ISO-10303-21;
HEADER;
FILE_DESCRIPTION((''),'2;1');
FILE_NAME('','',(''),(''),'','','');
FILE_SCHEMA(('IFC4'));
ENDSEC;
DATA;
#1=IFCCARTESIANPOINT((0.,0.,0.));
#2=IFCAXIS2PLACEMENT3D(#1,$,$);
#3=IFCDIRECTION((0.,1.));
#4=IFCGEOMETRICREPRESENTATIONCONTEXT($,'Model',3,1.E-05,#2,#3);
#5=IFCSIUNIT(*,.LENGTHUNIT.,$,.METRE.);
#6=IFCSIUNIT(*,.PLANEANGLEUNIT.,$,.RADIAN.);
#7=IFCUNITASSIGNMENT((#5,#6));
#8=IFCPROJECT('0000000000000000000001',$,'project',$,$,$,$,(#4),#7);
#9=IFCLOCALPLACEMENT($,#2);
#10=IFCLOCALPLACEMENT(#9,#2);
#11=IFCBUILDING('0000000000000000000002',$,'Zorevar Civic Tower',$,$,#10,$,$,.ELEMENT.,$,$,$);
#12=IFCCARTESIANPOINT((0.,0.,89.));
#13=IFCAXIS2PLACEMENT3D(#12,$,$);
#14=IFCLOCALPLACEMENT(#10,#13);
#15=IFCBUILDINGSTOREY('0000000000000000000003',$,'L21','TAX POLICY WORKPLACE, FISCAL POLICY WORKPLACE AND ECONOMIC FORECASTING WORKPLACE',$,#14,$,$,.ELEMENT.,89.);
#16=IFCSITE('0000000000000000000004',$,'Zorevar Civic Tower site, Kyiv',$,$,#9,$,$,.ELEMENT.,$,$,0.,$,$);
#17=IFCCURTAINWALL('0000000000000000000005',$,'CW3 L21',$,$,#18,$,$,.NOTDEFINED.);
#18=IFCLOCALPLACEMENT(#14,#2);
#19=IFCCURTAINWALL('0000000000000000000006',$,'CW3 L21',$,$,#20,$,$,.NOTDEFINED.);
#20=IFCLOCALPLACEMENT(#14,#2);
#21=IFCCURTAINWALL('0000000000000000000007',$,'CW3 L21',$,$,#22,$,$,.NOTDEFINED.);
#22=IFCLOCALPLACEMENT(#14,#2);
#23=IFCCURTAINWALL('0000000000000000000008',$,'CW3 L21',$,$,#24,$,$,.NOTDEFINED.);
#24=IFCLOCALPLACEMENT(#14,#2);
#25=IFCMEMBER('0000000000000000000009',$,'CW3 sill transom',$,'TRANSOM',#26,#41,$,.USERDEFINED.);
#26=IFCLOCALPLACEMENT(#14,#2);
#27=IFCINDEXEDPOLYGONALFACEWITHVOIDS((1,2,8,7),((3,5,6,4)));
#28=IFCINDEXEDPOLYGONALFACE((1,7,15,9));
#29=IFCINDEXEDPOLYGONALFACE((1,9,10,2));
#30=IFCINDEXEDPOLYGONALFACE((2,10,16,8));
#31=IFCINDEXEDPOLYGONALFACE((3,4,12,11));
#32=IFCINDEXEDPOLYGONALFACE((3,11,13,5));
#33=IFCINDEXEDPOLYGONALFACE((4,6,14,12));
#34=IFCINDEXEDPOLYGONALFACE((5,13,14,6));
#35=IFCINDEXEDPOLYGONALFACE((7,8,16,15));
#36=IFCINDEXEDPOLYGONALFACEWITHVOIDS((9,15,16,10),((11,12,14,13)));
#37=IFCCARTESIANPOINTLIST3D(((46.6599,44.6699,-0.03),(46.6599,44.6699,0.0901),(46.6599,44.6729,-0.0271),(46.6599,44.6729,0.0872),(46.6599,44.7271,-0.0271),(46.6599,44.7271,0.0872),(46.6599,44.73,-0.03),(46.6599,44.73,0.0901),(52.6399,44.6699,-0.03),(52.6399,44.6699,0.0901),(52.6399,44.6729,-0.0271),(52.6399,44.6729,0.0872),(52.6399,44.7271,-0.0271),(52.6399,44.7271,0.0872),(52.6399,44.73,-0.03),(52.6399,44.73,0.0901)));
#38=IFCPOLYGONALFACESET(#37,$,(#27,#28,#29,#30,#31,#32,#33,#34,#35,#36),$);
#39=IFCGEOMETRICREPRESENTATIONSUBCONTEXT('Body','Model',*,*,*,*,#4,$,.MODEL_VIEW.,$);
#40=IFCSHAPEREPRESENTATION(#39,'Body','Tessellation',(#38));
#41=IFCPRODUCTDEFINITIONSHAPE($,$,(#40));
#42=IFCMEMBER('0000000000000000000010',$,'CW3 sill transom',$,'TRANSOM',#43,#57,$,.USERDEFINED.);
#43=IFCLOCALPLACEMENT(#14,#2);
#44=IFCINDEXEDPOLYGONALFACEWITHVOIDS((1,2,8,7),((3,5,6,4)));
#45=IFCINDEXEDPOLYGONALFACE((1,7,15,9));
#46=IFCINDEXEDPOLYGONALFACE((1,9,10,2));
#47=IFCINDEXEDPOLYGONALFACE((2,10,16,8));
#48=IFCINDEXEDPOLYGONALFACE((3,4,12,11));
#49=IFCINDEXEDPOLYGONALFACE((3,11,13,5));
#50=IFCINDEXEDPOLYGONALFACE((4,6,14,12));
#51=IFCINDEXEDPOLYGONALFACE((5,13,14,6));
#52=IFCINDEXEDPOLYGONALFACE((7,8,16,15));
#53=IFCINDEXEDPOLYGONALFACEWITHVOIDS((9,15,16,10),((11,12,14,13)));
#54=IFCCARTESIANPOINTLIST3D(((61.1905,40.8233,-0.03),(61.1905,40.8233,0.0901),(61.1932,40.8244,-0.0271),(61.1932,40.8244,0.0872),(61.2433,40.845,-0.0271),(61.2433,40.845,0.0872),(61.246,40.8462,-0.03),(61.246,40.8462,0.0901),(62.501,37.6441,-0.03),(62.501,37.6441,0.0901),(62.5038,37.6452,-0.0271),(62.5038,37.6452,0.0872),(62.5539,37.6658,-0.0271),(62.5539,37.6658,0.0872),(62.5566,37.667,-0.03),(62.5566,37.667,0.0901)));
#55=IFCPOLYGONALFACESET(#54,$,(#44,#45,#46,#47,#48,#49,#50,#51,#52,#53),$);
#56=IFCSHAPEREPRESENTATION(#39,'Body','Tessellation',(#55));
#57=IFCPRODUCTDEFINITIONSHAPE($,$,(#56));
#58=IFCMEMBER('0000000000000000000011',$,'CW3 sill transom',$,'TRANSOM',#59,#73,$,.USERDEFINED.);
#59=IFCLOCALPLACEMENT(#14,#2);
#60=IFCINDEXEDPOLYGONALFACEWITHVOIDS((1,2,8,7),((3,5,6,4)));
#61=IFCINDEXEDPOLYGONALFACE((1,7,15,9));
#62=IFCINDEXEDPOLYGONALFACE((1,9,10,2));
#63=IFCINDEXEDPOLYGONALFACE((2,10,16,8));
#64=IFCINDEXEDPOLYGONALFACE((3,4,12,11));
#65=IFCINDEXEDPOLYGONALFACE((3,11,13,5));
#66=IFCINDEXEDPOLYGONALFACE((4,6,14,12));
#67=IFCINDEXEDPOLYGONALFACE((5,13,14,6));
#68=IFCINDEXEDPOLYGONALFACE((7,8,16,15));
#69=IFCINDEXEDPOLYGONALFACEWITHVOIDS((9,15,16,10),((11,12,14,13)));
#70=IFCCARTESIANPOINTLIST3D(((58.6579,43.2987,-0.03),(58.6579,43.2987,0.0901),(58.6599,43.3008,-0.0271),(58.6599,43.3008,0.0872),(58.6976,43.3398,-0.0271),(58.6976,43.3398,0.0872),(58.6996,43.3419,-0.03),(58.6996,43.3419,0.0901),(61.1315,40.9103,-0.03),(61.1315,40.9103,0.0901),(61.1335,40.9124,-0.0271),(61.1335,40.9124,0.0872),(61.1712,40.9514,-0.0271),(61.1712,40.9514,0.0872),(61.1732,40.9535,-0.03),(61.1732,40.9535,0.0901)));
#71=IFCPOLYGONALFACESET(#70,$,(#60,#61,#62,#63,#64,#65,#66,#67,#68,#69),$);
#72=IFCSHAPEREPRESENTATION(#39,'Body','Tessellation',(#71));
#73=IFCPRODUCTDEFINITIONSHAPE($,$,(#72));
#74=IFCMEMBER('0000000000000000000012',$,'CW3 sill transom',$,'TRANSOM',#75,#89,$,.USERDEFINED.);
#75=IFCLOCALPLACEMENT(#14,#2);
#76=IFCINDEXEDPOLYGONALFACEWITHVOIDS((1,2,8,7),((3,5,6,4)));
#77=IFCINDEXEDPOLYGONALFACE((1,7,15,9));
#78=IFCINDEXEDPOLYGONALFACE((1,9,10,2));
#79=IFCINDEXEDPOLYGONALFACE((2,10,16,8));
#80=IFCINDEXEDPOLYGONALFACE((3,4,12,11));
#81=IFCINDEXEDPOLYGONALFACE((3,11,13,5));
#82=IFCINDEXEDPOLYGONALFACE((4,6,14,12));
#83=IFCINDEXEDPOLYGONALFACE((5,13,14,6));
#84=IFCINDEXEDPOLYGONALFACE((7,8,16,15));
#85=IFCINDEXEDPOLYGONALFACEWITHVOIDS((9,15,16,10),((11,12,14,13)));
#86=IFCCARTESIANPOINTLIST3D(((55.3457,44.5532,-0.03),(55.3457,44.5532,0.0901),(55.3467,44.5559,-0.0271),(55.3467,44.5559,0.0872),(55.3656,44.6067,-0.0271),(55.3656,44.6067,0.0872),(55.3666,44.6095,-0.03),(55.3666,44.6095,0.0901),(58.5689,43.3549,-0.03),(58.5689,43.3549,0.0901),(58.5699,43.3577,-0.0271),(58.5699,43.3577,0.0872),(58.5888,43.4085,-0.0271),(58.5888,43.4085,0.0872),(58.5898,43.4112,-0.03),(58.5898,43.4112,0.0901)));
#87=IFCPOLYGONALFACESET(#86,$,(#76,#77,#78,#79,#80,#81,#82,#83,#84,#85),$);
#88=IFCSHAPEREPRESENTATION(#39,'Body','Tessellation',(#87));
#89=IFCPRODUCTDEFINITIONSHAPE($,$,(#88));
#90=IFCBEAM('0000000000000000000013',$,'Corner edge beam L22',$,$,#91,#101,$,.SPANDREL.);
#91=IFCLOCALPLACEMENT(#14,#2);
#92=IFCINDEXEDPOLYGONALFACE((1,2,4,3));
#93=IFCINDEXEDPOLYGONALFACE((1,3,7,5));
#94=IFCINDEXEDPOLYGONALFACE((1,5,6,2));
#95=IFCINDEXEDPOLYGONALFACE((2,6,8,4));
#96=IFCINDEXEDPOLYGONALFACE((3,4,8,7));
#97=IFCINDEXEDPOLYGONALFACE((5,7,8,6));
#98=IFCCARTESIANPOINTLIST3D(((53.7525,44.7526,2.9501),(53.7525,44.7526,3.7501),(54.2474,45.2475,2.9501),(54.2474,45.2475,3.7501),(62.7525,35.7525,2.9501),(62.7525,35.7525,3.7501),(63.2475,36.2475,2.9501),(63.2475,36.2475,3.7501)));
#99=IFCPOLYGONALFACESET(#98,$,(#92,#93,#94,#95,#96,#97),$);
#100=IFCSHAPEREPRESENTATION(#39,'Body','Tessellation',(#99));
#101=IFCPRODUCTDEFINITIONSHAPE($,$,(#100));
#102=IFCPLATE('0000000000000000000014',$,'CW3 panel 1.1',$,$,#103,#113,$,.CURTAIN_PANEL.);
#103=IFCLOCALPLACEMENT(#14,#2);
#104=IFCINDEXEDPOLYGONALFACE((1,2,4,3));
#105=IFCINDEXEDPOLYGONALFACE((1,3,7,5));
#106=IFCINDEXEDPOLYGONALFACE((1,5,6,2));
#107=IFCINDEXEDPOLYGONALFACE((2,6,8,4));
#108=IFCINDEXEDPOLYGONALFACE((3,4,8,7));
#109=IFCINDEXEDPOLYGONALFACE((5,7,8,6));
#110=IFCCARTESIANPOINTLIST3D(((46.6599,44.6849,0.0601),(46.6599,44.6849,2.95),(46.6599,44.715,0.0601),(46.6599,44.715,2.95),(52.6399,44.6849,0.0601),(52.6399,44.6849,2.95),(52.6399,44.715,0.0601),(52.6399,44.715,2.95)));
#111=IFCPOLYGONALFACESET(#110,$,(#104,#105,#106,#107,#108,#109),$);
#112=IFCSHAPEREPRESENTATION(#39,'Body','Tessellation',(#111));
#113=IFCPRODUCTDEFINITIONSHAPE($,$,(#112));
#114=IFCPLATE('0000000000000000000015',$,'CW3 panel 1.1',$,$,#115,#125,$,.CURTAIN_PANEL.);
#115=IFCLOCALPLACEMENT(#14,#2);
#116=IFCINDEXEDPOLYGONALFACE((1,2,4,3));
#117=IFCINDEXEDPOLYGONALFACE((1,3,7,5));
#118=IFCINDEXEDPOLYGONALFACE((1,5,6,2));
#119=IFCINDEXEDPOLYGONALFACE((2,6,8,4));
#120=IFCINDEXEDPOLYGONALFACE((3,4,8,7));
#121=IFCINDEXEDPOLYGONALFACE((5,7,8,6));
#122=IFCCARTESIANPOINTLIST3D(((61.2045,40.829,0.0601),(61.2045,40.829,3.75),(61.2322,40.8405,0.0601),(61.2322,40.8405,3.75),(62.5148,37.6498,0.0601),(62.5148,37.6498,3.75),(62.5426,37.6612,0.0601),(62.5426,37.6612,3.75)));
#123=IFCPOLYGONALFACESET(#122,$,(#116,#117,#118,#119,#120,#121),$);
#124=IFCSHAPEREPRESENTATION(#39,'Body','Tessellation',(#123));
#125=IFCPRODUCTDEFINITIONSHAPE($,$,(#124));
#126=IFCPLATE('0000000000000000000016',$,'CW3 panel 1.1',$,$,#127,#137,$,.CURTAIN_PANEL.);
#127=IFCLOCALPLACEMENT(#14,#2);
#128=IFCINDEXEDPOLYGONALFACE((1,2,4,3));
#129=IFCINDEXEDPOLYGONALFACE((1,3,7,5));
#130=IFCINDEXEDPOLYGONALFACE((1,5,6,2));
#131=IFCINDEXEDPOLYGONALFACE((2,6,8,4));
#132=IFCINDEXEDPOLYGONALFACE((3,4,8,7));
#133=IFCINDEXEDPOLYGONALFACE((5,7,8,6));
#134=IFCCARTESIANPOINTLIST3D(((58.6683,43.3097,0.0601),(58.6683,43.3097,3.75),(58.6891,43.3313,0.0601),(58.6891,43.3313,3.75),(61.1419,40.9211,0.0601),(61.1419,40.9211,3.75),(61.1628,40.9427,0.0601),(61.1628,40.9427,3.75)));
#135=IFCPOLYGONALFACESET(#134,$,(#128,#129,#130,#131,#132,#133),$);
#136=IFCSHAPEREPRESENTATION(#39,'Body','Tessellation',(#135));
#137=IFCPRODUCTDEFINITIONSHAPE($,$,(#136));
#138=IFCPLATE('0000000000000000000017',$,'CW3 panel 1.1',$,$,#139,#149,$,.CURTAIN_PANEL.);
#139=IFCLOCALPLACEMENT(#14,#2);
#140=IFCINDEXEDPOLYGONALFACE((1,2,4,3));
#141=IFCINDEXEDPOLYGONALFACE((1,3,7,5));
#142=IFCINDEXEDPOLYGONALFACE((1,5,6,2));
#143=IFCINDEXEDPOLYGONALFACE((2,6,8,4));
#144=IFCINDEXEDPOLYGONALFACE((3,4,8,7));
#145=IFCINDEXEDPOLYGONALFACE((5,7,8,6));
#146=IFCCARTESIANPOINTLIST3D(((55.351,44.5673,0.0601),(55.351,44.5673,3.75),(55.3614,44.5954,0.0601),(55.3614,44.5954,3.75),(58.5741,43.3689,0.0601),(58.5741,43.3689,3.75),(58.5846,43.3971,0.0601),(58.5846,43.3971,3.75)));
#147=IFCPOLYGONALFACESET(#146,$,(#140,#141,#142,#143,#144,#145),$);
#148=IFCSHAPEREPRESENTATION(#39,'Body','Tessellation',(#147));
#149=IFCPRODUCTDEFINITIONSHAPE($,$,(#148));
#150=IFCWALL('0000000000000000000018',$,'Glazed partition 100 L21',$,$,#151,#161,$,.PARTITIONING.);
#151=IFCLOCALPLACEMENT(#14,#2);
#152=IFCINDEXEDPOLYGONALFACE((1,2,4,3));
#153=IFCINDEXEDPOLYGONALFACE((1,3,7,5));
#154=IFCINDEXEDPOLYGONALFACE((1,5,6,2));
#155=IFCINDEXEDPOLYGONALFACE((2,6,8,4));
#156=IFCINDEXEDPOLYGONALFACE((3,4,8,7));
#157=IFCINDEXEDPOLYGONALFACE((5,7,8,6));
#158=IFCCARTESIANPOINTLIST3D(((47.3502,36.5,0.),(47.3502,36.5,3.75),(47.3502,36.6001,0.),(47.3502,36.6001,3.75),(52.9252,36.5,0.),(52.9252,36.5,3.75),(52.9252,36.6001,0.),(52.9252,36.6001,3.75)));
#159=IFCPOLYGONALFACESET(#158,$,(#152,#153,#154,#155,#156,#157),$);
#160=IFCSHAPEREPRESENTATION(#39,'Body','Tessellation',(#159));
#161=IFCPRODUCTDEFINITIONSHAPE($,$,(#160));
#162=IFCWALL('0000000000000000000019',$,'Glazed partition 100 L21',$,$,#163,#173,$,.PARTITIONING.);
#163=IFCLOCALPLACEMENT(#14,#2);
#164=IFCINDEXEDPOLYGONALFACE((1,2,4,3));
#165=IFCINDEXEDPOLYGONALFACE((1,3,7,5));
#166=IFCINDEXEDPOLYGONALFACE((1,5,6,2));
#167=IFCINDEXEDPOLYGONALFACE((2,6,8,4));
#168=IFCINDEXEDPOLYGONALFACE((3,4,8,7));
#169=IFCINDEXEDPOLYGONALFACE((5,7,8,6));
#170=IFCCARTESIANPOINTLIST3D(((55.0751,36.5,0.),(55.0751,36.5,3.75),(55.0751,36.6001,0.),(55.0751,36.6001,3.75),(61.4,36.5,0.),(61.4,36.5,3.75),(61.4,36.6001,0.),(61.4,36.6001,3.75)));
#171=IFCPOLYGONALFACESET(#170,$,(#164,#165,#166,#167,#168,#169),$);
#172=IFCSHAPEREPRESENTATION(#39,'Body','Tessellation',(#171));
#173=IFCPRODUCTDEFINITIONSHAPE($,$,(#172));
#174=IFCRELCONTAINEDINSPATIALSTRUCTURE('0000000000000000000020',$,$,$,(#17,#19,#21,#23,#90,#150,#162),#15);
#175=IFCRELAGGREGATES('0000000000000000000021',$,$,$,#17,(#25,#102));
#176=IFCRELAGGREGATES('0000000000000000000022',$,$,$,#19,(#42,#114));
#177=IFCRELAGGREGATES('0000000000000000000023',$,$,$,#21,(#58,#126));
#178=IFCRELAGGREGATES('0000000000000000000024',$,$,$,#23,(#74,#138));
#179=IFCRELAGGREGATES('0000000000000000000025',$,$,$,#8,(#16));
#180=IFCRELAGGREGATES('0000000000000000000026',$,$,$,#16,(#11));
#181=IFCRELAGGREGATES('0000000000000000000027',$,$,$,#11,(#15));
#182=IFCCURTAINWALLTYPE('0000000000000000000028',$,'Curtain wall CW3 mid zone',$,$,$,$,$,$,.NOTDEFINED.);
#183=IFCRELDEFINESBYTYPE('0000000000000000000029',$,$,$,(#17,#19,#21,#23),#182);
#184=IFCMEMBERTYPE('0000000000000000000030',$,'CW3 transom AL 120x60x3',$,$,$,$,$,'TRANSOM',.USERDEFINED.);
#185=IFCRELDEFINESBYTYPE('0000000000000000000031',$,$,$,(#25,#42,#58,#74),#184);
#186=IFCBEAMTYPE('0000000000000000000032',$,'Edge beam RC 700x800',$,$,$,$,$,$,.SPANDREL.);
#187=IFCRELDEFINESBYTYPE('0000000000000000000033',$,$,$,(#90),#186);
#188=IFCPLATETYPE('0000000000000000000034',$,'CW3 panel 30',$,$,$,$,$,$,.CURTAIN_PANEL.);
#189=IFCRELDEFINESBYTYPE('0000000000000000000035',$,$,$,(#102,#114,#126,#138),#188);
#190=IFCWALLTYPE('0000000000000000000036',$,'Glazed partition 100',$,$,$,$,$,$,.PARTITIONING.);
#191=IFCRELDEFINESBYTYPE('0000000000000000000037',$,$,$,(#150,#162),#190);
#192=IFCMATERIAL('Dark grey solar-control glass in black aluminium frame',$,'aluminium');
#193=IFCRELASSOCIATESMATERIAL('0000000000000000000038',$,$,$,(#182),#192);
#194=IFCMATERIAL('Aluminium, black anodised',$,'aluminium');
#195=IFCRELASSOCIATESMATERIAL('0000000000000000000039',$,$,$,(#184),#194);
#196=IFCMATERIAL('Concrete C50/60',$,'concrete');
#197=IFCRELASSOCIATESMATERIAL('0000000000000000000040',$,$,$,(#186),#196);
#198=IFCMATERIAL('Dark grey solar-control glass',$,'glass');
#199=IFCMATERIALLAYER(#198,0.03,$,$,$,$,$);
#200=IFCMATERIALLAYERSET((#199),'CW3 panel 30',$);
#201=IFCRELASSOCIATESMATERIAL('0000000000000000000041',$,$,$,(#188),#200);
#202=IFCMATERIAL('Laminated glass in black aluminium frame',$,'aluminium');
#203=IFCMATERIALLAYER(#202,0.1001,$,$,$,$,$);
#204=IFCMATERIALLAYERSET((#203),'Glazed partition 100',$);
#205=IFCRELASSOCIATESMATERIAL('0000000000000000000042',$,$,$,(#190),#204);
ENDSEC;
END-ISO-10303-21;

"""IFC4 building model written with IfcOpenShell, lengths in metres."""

from ifc_helpers import new_model, si_unit, direction, frame, frame_2d, origin, origin_2d, place, context, subcontext, project, spatial, rectangle, hollow_rectangle, extrude, material, layer, layer_set, material_profile, profile_set, type_object, element, aggregate, save


model = new_model("IFC4")

# Units and contexts
model_context = context("Model", 3, precision=1e-05, world=origin(), true_north=direction((0.0, 1.0)))
body_context = subcontext(model_context, "Body", "Model", "MODEL_VIEW")
ifc_project = project(units=[si_unit("LENGTHUNIT", "METRE"), si_unit("PLANEANGLEUNIT", "RADIAN")], contexts=[model_context])

# Site, building, storey
site_placement = place(None, origin())
site = spatial("IfcSite", under=ifc_project, at=site_placement, Name="Zorevar Civic Tower site, Kyiv", CompositionType="ELEMENT", RefElevation=0.0)
building_placement = place(site_placement, origin())
building = spatial("IfcBuilding", under=site, at=building_placement, Name="Zorevar Civic Tower", CompositionType="ELEMENT")
storey_placement = place(building_placement, frame((0.0, 0.0, 89.0)))
storey = spatial("IfcBuildingStorey", under=building, at=storey_placement, Name="L21", Description="TAX POLICY WORKPLACE, FISCAL POLICY WORKPLACE AND ECONOMIC FORECASTING WORKPLACE", CompositionType="ELEMENT", Elevation=89.0)

# Curtain walls
ifc_material_1 = material(Name="Dark grey solar-control glass in black aluminium frame", Category="aluminium")
curtain_wall_type = type_object("IfcCurtainWallType", Name="Curtain wall CW3 mid zone", PredefinedType="NOTDEFINED", material=ifc_material_1)
curtain_wall_1_placement = place(storey_placement, origin())
curtain_wall_1 = element("IfcCurtainWall", 1, at=curtain_wall_1_placement, inside=storey, type_object=curtain_wall_type, Name="CW3 L21", PredefinedType="NOTDEFINED")
curtain_wall_2_placement = place(storey_placement, origin())
curtain_wall_2 = element("IfcCurtainWall", 2, at=curtain_wall_2_placement, inside=storey, type_object=curtain_wall_type, Name="CW3 L21", PredefinedType="NOTDEFINED")
curtain_wall_3_placement = place(storey_placement, origin())
curtain_wall_3 = element("IfcCurtainWall", 3, at=curtain_wall_3_placement, inside=storey, type_object=curtain_wall_type, Name="CW3 L21", PredefinedType="NOTDEFINED")
curtain_wall_4_placement = place(storey_placement, origin())
curtain_wall_4 = element("IfcCurtainWall", 4, at=curtain_wall_4_placement, inside=storey, type_object=curtain_wall_type, Name="CW3 L21", PredefinedType="NOTDEFINED")

# Members
ifc_material_2 = material(Name="Aluminium, black anodised", Category="aluminium")
ifc_material_profile_1 = material_profile(ifc_material_2, hollow_rectangle(XDim=0.0601, YDim=0.1201, WallThickness=0.0029, at=origin_2d()), Name="AL 120x60x3")
ifc_profile_set_1 = profile_set([ifc_material_profile_1], Name="Aluminium, black anodised")
member_type_1 = type_object("IfcMemberType", Name="CW3 transom AL 120x60x3", ElementType="TRANSOM", PredefinedType="USERDEFINED", material=ifc_profile_set_1)
member_1_placement = place(storey_placement, frame((46.6599, 44.7, 0.03), z_axis=(1.0, 0.0, 0.0), x_axis=(0.0, 1.0, 0.0)))
member_1 = element("IfcMember", 5, at=member_1_placement, type_object=member_type_1, Name="CW3 sill transom", ObjectType="TRANSOM", PredefinedType="USERDEFINED", context=body_context, shape_type="SweptSolid", body=[
    extrude(hollow_rectangle(XDim=0.0601, YDim=0.1201, WallThickness=0.0029, at=origin_2d()), origin(), (0.0, 0.0, 1.0), 5.98),
])
member_2_placement = place(storey_placement, frame((62.5288, 37.6555, 0.03), z_axis=(-0.381114, 0.924528, 0.0), x_axis=(-0.924528, -0.381114, 0.0)))
member_2 = element("IfcMember", 6, at=member_2_placement, type_object=member_type_1, Name="CW3 sill transom", ObjectType="TRANSOM", PredefinedType="USERDEFINED", context=body_context, shape_type="SweptSolid", body=[
    extrude(hollow_rectangle(XDim=0.0601, YDim=0.1201, WallThickness=0.0029, at=origin_2d()), origin(), (0.0, 0.0, 1.0), 3.4387),
])
member_3_placement = place(storey_placement, frame((61.1523, 40.9319, 0.03), z_axis=(-0.719388, 0.694608, 0.0), x_axis=(-0.694608, -0.719388, 0.0)))
member_3 = element("IfcMember", 7, at=member_3_placement, type_object=member_type_1, Name="CW3 sill transom", ObjectType="TRANSOM", PredefinedType="USERDEFINED", context=body_context, shape_type="SweptSolid", body=[
    extrude(hollow_rectangle(XDim=0.0601, YDim=0.1201, WallThickness=0.0029, at=origin_2d()), origin(), (0.0, 0.0, 1.0), 3.4385),
])
member_4_placement = place(storey_placement, frame((58.5793, 43.3831, 0.03), z_axis=(-0.937323, 0.348461, 0.0), x_axis=(-0.348461, -0.937323, 0.0)))
member_4 = element("IfcMember", 8, at=member_4_placement, type_object=member_type_1, Name="CW3 sill transom", ObjectType="TRANSOM", PredefinedType="USERDEFINED", context=body_context, shape_type="SweptSolid", body=[
    extrude(hollow_rectangle(XDim=0.0601, YDim=0.1201, WallThickness=0.0029, at=origin_2d()), origin(), (0.0, 0.0, 1.0), 3.4387),
])

# Beam
ifc_material_3 = material(Name="Concrete C50/60", Category="concrete")
ifc_material_profile_2 = material_profile(ifc_material_3, rectangle(XDim=0.7, YDim=0.8, at=origin_2d()), Name="RC 700x800")
ifc_profile_set_2 = profile_set([ifc_material_profile_2], Name="Concrete C50/60")
beam_type_1 = type_object("IfcBeamType", Name="Edge beam RC 700x800", PredefinedType="SPANDREL", material=ifc_profile_set_2)
beam_1_placement = place(storey_placement, frame((63.0, 36.0, 3.3501), z_axis=(-0.707107, 0.707107, 0.0), x_axis=(-0.707107, -0.707107, 0.0)))
element("IfcBeam", 9, at=beam_1_placement, inside=storey, type_object=beam_type_1, Name="Corner edge beam L22", PredefinedType="SPANDREL", context=body_context, shape_type="SweptSolid", body=[
    extrude(rectangle(XDim=0.7, YDim=0.8, at=origin_2d()), origin(), (0.0, 0.0, 1.0), 12.728),
])

# Plates
ifc_material_4 = material(Name="Dark grey solar-control glass", Category="glass")
ifc_layer_1 = layer(ifc_material_4, 0.03)
ifc_layer_set_1 = layer_set([ifc_layer_1], Name="CW3 panel 30")
plate_type = type_object("IfcPlateType", Name="CW3 panel 30", PredefinedType="CURTAIN_PANEL", material=ifc_layer_set_1)
plate_1_placement = place(storey_placement, frame((49.6499, 44.7, 0.0601), z_axis=(0.0, 0.0, 1.0), x_axis=(1.0, 0.0, 0.0)))
plate_1 = element("IfcPlate", 10, at=plate_1_placement, type_object=plate_type, Name="CW3 panel 1.1", PredefinedType="CURTAIN_PANEL", context=body_context, shape_type="SweptSolid", body=[
    extrude(rectangle(XDim=5.98, YDim=0.03, at=origin_2d()), origin(), (0.0, 0.0, 1.0), 2.8899),
])
aggregate(curtain_wall_1, [member_1, plate_1])
plate_2_placement = place(storey_placement, frame((61.8735, 39.2451, 0.0601), z_axis=(0.0, 0.0, 1.0), x_axis=(-0.381061, 0.92455, 0.0)))
plate_2 = element("IfcPlate", 11, at=plate_2_placement, type_object=plate_type, Name="CW3 panel 1.1", PredefinedType="CURTAIN_PANEL", context=body_context, shape_type="SweptSolid", body=[
    extrude(rectangle(XDim=3.4387, YDim=0.03, at=origin_2d()), origin(), (0.0, 0.0, 1.0), 3.6899),
])
aggregate(curtain_wall_2, [member_2, plate_2])
plate_3_placement = place(storey_placement, frame((59.9155, 42.1262, 0.0601), z_axis=(0.0, 0.0, 1.0), x_axis=(-0.719363, 0.694634, 0.0)))
plate_3 = element("IfcPlate", 12, at=plate_3_placement, type_object=plate_type, Name="CW3 panel 1.1", PredefinedType="CURTAIN_PANEL", context=body_context, shape_type="SweptSolid", body=[
    extrude(rectangle(XDim=3.4387, YDim=0.03, at=origin_2d()), origin(), (0.0, 0.0, 1.0), 3.6899),
])
aggregate(curtain_wall_3, [member_3, plate_3])
plate_4_placement = place(storey_placement, frame((56.9678, 43.9822, 0.0601), z_axis=(0.0, 0.0, 1.0), x_axis=(-0.937309, 0.3485, 0.0)))
plate_4 = element("IfcPlate", 13, at=plate_4_placement, type_object=plate_type, Name="CW3 panel 1.1", PredefinedType="CURTAIN_PANEL", context=body_context, shape_type="SweptSolid", body=[
    extrude(rectangle(XDim=3.4387, YDim=0.03, at=origin_2d()), origin(), (0.0, 0.0, 1.0), 3.6899),
])
aggregate(curtain_wall_4, [member_4, plate_4])

# Walls
ifc_material_5 = material(Name="Laminated glass in black aluminium frame", Category="aluminium")
ifc_layer_2 = layer(ifc_material_5, 0.1001)
ifc_layer_set_2 = layer_set([ifc_layer_2], Name="Glazed partition 100")
wall_type_1 = type_object("IfcWallType", Name="Glazed partition 100", PredefinedType="PARTITIONING", material=ifc_layer_set_2)
wall_1_placement = place(storey_placement, frame((47.3501, 36.55, 0.0), z_axis=(0.0, 0.0, 1.0), x_axis=(1.0, 0.0, 0.0)))
element("IfcWall", 14, at=wall_1_placement, inside=storey, type_object=wall_type_1, Name="Glazed partition 100 L21", PredefinedType="PARTITIONING", context=body_context, shape_type="SweptSolid", body=[
    extrude(rectangle(XDim=5.575, YDim=0.1001, at=frame_2d((2.7876, 0.0))), origin(), (0.0, 0.0, 1.0), 3.75),
])
wall_2_placement = place(storey_placement, frame((55.075, 36.55, 0.0), z_axis=(0.0, 0.0, 1.0), x_axis=(1.0, 0.0, 0.0)))
element("IfcWall", 15, at=wall_2_placement, inside=storey, type_object=wall_type_1, Name="Glazed partition 100 L21", PredefinedType="PARTITIONING", context=body_context, shape_type="SweptSolid", body=[
    extrude(rectangle(XDim=6.325, YDim=0.1001, at=frame_2d((3.1626, 0.0))), origin(), (0.0, 0.0, 1.0), 3.75),
])

save(model, "model.ifc")
